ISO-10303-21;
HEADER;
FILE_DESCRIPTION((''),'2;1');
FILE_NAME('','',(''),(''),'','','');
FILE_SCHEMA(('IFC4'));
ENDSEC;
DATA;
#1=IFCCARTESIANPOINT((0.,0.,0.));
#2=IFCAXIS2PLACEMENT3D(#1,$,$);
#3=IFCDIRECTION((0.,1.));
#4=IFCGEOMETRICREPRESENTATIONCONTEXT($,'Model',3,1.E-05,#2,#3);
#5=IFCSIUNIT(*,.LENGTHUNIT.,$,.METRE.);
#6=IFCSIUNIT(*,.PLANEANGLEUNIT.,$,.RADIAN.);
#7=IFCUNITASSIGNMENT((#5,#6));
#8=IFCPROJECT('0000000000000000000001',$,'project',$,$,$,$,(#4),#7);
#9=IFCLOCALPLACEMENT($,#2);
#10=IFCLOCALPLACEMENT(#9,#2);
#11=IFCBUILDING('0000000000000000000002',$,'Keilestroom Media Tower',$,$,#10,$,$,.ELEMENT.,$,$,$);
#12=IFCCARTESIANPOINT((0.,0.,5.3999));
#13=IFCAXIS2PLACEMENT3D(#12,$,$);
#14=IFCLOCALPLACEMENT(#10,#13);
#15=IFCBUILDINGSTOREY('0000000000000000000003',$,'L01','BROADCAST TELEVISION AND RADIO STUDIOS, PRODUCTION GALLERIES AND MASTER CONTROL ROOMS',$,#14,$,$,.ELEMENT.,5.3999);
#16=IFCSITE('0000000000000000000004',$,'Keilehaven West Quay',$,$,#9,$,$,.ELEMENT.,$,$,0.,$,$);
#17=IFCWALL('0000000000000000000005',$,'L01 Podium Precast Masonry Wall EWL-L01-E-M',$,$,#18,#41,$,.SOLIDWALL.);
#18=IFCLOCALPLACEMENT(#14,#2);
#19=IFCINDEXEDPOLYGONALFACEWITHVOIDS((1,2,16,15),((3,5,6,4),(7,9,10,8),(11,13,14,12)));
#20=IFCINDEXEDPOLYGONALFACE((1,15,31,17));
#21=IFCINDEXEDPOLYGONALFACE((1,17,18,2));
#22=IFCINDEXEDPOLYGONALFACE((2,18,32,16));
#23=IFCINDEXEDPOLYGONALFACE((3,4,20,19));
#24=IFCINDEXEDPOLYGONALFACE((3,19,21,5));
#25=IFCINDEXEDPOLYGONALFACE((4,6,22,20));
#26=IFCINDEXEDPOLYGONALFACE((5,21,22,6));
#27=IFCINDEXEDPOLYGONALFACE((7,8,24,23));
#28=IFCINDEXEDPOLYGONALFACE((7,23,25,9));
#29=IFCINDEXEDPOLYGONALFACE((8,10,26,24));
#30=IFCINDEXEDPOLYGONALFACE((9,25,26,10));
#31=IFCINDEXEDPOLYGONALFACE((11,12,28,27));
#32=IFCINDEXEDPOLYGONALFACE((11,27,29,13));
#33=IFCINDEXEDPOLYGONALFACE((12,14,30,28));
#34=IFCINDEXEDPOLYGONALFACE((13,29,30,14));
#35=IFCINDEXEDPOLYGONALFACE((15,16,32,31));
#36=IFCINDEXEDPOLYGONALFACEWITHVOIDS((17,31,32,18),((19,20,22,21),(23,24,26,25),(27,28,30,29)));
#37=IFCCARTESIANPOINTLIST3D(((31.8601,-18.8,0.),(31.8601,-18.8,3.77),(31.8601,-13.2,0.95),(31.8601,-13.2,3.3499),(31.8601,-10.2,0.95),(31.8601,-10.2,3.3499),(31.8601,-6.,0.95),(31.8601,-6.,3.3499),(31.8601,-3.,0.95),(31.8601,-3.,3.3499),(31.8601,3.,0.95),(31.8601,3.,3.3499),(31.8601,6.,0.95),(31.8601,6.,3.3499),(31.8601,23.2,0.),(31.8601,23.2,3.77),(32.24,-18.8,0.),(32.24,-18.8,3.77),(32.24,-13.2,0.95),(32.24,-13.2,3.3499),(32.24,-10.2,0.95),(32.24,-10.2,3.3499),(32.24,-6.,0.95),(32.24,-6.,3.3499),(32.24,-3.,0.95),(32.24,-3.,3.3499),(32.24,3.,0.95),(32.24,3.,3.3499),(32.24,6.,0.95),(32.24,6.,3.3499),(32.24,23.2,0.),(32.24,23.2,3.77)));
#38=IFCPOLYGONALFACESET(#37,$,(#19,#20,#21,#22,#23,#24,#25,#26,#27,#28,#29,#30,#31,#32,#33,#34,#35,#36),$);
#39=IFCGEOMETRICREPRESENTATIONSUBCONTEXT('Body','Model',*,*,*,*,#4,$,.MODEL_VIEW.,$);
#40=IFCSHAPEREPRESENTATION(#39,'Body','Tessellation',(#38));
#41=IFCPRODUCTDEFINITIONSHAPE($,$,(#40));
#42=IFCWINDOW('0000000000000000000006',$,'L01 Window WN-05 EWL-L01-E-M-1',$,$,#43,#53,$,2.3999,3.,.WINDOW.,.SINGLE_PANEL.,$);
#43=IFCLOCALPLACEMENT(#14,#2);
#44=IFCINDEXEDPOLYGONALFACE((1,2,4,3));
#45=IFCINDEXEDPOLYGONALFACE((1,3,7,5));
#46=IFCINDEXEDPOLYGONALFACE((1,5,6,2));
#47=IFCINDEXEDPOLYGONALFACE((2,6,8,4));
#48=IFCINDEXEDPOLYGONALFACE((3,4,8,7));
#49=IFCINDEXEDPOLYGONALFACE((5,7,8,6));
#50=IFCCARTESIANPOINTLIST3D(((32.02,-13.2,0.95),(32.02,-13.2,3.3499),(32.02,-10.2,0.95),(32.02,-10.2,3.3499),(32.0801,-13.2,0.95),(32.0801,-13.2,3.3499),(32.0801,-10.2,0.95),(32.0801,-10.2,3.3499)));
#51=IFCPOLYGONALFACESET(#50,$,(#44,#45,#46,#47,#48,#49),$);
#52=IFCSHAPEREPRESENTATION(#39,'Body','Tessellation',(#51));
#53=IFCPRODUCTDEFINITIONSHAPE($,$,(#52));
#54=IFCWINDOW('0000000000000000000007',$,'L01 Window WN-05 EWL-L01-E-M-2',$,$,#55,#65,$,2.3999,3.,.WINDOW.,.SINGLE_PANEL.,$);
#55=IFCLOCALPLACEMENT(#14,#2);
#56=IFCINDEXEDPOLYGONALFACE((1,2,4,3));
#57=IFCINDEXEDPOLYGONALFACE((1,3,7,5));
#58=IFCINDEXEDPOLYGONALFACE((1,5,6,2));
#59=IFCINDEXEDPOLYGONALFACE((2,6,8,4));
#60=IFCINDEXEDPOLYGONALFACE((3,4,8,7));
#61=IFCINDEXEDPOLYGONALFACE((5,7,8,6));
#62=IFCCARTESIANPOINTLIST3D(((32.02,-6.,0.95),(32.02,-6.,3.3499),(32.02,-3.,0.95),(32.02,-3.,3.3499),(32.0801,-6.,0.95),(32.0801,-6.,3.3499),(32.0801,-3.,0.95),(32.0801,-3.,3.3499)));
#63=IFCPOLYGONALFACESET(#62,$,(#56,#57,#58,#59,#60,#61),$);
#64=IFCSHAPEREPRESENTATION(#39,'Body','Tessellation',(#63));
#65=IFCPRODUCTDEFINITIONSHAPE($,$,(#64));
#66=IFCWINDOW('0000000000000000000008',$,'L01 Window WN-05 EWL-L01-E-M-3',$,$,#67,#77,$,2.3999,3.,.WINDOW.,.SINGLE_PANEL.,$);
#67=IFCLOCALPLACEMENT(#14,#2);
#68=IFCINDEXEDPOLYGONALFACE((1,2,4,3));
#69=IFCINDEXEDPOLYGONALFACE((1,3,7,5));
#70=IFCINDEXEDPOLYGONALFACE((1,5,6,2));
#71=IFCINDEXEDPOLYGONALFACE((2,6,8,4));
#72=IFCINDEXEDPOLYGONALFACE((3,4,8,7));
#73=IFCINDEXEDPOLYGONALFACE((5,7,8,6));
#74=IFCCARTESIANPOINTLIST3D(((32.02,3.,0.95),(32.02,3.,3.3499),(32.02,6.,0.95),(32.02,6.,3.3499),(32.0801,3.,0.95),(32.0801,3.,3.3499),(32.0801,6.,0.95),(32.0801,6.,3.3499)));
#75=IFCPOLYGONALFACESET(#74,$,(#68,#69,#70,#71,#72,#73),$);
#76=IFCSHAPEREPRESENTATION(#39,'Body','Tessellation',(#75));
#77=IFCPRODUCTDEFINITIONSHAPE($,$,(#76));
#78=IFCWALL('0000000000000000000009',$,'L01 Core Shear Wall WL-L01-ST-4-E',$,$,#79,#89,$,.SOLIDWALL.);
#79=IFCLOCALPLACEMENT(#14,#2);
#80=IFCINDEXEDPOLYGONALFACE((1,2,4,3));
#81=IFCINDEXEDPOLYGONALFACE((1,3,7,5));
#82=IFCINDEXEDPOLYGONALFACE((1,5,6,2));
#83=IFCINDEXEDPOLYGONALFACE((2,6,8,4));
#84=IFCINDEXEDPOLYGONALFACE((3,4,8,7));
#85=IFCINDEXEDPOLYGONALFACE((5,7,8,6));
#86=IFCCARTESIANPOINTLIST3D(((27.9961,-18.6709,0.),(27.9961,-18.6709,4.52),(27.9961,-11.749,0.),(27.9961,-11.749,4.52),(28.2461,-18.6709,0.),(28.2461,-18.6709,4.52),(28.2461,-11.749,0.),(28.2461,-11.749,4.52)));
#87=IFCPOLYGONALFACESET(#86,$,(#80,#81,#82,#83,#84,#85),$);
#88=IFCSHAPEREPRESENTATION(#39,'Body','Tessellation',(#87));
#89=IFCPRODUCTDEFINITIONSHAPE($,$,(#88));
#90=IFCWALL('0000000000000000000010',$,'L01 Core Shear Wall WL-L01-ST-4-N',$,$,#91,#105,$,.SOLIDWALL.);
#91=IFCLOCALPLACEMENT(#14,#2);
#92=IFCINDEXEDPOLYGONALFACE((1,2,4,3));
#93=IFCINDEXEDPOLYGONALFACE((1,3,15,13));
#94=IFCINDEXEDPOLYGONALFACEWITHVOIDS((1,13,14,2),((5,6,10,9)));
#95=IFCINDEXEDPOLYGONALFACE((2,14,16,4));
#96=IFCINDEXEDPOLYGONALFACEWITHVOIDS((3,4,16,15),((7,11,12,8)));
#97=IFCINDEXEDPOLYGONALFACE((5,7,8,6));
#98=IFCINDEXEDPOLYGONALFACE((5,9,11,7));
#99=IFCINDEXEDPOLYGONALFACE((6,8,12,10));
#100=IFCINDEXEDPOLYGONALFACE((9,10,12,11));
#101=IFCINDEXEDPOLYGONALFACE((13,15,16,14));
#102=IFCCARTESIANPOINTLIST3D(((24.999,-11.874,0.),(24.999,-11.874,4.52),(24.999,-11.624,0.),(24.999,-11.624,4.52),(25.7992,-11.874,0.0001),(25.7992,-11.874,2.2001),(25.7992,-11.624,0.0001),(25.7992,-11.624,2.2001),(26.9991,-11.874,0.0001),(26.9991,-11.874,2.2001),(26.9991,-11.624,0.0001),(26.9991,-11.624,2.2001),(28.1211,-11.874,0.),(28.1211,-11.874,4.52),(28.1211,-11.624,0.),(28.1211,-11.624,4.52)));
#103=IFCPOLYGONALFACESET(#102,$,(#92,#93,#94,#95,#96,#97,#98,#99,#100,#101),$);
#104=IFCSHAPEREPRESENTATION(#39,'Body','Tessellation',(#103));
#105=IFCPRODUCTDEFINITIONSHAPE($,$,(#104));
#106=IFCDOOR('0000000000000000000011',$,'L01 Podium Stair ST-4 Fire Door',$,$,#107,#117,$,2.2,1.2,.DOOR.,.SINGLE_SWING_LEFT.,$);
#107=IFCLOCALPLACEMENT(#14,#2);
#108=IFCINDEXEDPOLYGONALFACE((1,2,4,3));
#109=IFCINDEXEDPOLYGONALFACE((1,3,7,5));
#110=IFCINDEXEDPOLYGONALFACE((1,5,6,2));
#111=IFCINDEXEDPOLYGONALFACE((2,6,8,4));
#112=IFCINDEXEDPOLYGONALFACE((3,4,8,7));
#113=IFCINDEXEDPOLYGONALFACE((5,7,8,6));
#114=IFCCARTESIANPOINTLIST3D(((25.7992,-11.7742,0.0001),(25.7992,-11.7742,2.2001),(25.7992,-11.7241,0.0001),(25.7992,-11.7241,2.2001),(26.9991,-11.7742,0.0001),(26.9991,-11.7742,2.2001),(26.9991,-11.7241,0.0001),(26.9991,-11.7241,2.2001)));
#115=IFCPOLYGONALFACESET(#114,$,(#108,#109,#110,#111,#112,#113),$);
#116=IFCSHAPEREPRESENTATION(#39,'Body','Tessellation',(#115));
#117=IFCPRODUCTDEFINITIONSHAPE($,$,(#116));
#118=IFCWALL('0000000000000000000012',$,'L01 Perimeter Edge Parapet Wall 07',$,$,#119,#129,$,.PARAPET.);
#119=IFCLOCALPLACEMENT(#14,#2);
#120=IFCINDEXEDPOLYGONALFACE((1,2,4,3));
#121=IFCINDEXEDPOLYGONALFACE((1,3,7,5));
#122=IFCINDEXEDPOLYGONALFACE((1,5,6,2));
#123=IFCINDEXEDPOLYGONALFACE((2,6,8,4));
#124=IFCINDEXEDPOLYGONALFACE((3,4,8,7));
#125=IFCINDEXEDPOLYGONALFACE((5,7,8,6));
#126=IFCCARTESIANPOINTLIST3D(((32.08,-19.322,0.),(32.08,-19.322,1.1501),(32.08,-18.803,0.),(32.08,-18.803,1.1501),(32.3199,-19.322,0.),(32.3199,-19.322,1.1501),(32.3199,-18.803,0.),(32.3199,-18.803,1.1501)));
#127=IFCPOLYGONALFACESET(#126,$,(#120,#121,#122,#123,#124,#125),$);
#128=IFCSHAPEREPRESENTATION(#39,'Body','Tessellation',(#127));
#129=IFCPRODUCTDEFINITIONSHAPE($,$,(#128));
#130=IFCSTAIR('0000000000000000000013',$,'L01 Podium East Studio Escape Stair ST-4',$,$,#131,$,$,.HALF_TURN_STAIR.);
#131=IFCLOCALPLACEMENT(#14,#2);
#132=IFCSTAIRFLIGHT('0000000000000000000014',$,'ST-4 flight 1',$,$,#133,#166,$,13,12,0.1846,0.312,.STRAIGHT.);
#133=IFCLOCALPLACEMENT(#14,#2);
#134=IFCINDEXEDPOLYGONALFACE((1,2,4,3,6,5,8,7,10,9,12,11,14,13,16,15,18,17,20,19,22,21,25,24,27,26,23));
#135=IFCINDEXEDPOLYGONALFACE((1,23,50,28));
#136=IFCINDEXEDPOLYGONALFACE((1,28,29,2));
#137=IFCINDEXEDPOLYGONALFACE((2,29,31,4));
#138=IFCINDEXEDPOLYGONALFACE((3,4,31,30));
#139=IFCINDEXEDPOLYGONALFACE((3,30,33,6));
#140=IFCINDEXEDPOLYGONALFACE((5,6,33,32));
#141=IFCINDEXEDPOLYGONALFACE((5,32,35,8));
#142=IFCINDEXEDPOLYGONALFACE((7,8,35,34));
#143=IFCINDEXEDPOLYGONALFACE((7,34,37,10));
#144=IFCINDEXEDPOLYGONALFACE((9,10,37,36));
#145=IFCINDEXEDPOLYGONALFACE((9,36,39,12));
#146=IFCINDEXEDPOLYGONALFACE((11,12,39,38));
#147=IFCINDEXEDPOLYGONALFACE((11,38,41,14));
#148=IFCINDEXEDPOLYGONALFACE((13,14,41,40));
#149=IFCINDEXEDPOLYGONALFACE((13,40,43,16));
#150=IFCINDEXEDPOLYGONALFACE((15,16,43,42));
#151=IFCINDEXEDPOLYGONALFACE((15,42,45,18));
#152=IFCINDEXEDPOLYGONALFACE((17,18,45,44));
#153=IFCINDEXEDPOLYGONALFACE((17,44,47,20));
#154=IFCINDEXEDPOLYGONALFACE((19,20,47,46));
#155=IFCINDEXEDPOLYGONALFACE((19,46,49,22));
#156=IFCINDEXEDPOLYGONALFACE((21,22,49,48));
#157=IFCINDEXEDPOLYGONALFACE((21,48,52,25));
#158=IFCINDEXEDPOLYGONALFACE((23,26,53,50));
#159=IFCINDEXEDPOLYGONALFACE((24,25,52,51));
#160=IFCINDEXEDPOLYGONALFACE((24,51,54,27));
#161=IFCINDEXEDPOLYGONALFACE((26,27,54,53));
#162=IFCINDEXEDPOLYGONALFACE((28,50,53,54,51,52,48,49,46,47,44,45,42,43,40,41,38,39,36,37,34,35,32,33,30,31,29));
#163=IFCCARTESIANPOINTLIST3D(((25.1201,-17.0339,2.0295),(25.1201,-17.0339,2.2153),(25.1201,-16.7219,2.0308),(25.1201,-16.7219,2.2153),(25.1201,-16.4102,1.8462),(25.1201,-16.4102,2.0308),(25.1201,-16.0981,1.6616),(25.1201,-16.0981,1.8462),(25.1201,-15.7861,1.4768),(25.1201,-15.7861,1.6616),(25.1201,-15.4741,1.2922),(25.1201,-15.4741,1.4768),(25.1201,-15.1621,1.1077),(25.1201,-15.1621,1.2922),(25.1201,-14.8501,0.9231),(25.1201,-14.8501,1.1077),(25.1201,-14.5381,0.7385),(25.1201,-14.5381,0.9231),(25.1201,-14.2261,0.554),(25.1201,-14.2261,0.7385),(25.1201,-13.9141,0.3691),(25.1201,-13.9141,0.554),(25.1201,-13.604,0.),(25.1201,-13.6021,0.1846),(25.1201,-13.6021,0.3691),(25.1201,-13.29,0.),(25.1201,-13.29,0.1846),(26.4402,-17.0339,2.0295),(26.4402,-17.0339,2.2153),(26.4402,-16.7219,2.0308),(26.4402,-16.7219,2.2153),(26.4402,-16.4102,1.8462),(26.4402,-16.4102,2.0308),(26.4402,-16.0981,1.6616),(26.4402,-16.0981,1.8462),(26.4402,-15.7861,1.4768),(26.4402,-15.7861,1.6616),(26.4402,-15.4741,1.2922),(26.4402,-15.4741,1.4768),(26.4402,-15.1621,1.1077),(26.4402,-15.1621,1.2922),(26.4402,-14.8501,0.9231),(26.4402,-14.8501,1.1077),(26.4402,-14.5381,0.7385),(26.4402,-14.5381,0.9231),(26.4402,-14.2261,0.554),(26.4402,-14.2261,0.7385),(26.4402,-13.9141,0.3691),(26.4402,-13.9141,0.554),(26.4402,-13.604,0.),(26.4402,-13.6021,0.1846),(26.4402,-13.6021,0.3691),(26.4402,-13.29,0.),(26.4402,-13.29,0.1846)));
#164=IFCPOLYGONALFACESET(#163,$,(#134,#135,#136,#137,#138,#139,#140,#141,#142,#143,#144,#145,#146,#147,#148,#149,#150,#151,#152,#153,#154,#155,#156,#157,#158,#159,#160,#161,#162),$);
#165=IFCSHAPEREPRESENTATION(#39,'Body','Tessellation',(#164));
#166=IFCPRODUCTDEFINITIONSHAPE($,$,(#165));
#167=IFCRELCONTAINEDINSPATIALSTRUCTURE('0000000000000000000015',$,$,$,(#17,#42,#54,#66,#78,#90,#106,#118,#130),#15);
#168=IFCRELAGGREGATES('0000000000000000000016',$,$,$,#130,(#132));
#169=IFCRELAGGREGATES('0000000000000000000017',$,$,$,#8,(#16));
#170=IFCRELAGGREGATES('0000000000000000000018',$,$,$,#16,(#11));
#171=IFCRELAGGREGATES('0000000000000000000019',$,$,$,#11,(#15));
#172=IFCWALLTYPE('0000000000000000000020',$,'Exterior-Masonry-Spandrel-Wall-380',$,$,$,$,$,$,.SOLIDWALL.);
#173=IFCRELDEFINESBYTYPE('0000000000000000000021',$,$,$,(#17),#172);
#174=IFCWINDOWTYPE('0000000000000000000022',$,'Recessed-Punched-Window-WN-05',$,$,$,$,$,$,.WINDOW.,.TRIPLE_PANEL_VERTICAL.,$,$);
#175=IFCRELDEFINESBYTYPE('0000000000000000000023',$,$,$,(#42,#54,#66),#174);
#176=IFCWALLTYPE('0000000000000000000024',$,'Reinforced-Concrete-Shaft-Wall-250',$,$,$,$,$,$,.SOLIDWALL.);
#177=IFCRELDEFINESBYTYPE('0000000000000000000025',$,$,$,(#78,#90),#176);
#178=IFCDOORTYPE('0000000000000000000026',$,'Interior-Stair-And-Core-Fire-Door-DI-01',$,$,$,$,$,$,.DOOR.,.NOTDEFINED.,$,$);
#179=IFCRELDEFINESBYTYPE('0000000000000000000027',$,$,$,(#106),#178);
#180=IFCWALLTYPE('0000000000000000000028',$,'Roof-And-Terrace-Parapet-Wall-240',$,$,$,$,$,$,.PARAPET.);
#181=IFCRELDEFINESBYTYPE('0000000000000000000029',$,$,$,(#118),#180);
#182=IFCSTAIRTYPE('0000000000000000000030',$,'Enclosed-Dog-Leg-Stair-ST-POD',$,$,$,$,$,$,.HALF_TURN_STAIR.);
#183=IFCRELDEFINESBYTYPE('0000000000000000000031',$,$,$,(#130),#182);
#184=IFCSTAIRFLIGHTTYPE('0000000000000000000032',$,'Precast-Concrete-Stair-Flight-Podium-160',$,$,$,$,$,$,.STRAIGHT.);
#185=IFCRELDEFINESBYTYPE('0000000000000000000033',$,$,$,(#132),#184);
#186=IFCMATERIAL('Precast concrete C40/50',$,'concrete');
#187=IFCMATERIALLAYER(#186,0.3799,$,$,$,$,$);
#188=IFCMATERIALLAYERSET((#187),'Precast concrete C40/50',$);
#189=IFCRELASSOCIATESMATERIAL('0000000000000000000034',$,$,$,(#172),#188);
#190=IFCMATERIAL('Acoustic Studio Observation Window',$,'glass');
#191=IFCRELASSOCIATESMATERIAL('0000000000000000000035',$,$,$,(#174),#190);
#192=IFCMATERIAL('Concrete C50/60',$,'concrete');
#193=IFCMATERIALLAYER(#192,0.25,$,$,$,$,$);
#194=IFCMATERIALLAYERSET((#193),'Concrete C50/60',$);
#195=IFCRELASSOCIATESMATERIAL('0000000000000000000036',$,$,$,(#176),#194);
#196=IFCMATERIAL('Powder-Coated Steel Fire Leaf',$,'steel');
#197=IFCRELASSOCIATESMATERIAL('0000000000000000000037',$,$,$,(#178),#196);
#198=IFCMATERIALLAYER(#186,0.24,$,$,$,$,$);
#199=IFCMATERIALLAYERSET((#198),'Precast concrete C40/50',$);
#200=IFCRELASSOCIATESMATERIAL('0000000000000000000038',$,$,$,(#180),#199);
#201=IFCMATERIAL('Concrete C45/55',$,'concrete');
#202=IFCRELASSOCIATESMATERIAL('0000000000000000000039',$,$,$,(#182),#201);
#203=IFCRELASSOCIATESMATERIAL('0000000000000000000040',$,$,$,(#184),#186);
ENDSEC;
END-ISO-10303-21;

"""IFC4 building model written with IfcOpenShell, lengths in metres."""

from ifc_helpers import new_model, si_unit, direction, frame, frame_2d, origin, place, context, subcontext, project, spatial, polyline, rectangle, outline, extrude, source, transform, mapped, material, layer, layer_set, type_object, element, fill, aggregate, save


model = new_model("IFC4")

# Units and contexts
model_context = context("Model", 3, precision=1e-05, world=origin(), true_north=direction((0.0, 1.0)))
body_context = subcontext(model_context, "Body", "Model", "MODEL_VIEW")
ifc_project = project(units=[si_unit("LENGTHUNIT", "METRE"), si_unit("PLANEANGLEUNIT", "RADIAN")], contexts=[model_context])

# Site, building, storey
site_placement = place(None, origin())
site = spatial("IfcSite", under=ifc_project, at=site_placement, Name="Keilehaven West Quay", CompositionType="ELEMENT", RefElevation=0.0)
building_placement = place(site_placement, origin())
building = spatial("IfcBuilding", under=site, at=building_placement, Name="Keilestroom Media Tower", CompositionType="ELEMENT")
storey_placement = place(building_placement, frame((0.0, 0.0, 5.3999)))
storey = spatial("IfcBuildingStorey", under=building, at=storey_placement, Name="L01", Description="BROADCAST TELEVISION AND RADIO STUDIOS, PRODUCTION GALLERIES AND MASTER CONTROL ROOMS", CompositionType="ELEMENT", Elevation=5.3999)

# Shared definitions
ifc_material_1 = material(Name="Precast concrete C40/50", Category="concrete")

# Wall, openings, windows
ifc_layer_1 = layer(ifc_material_1, 0.3799)
ifc_layer_set_1 = layer_set([ifc_layer_1], Name="Precast concrete C40/50")
wall_type_1 = type_object("IfcWallType", Name="Exterior-Masonry-Spandrel-Wall-380", PredefinedType="SOLIDWALL", material=ifc_layer_set_1)
wall_1_placement = place(storey_placement, frame((32.05, -18.8, 0.0), z_axis=(0.0, 0.0, 1.0), x_axis=(0.0, 1.0, 0.0)))
wall_1 = element("IfcWall", 1, at=wall_1_placement, inside=storey, type_object=wall_type_1, Name="L01 Podium Precast Masonry Wall EWL-L01-E-M", PredefinedType="SOLIDWALL", context=body_context, shape_type="SweptSolid", body=[
    extrude(rectangle(XDim=42.0, YDim=0.3799, at=frame_2d((21.0, 0.0))), origin(), (0.0, 0.0, 1.0), 3.77),
])
opening_1_placement = place(wall_1_placement, frame((5.6001, 0.0, 0.95)))
opening_1 = element("IfcOpeningElement", 2, at=opening_1_placement, cuts=wall_1, PredefinedType="OPENING", context=body_context, shape_type="SweptSolid", body=[
    extrude(rectangle(XDim=3.0, YDim=2.3999, at=frame_2d((1.5, 1.2))), frame((0.0, 0.2, 0.0), z_axis=(0.0, -1.0, 0.0), x_axis=(1.0, 0.0, 0.0)), (0.0, 0.0, 1.0), 0.3999),
])
opening_2_placement = place(wall_1_placement, frame((12.8, 0.0, 0.95)))
opening_2 = element("IfcOpeningElement", 3, at=opening_2_placement, cuts=wall_1, PredefinedType="OPENING", context=body_context, shape_type="SweptSolid", body=[
    extrude(rectangle(XDim=3.0, YDim=2.3999, at=frame_2d((1.5, 1.2))), frame((0.0, 0.2, 0.0), z_axis=(0.0, -1.0, 0.0), x_axis=(1.0, 0.0, 0.0)), (0.0, 0.0, 1.0), 0.3999),
])
opening_3_placement = place(wall_1_placement, frame((21.8, 0.0, 0.95)))
opening_3 = element("IfcOpeningElement", 4, at=opening_3_placement, cuts=wall_1, PredefinedType="OPENING", context=body_context, shape_type="SweptSolid", body=[
    extrude(rectangle(XDim=3.0, YDim=2.3999, at=frame_2d((1.5, 1.2))), frame((0.0, 0.2, 0.0), z_axis=(0.0, -1.0, 0.0), x_axis=(1.0, 0.0, 0.0)), (0.0, 0.0, 1.0), 0.3999),
])
ifc_material_2 = material(Name="Acoustic Studio Observation Window", Category="glass")
window_type = type_object("IfcWindowType", Name="Recessed-Punched-Window-WN-05", PartitioningType="TRIPLE_PANEL_VERTICAL", PredefinedType="WINDOW", material=ifc_material_2)
shared_shape_1 = source(origin(), body_context, "Body", "SweptSolid", [
    extrude(rectangle(XDim=3.0, YDim=2.3999, at=frame_2d((1.5, 1.2))), frame((0.0, 0.03, 0.0), z_axis=(0.0, -1.0, 0.0), x_axis=(1.0, 0.0, 0.0)), (0.0, 0.0, 1.0), 0.0601),
])
window_1_placement = place(opening_1_placement, origin())
window_1 = element("IfcWindow", 5, at=window_1_placement, inside=storey, type_object=window_type, Name="L01 Window WN-05 EWL-L01-E-M-1", OverallHeight=2.3999, OverallWidth=3.0, PartitioningType="SINGLE_PANEL", PredefinedType="WINDOW", context=body_context, shape_type="MappedRepresentation", body=[
    mapped(shared_shape_1, transform((0.0, 0.0, 0.0), x_axis=(1.0, 0.0, 0.0), y_axis=(0.0, 1.0, 0.0), z_axis=(0.0, 0.0, 1.0), scale=1.0)),
])
fill(opening_1, window_1)
window_2_placement = place(opening_2_placement, origin())
window_2 = element("IfcWindow", 6, at=window_2_placement, inside=storey, type_object=window_type, Name="L01 Window WN-05 EWL-L01-E-M-2", OverallHeight=2.3999, OverallWidth=3.0, PartitioningType="SINGLE_PANEL", PredefinedType="WINDOW", context=body_context, shape_type="MappedRepresentation", body=[
    mapped(shared_shape_1, transform((0.0, 0.0, 0.0), x_axis=(1.0, 0.0, 0.0), y_axis=(0.0, 1.0, 0.0), z_axis=(0.0, 0.0, 1.0), scale=1.0)),
])
fill(opening_2, window_2)
window_3_placement = place(opening_3_placement, origin())
window_3 = element("IfcWindow", 7, at=window_3_placement, inside=storey, type_object=window_type, Name="L01 Window WN-05 EWL-L01-E-M-3", OverallHeight=2.3999, OverallWidth=3.0, PartitioningType="SINGLE_PANEL", PredefinedType="WINDOW", context=body_context, shape_type="MappedRepresentation", body=[
    mapped(shared_shape_1, transform((0.0, 0.0, 0.0), x_axis=(1.0, 0.0, 0.0), y_axis=(0.0, 1.0, 0.0), z_axis=(0.0, 0.0, 1.0), scale=1.0)),
])
fill(opening_3, window_3)

# Wall
ifc_material_3 = material(Name="Concrete C50/60", Category="concrete")
ifc_layer_2 = layer(ifc_material_3, 0.25)
ifc_layer_set_2 = layer_set([ifc_layer_2], Name="Concrete C50/60")
wall_type_2 = type_object("IfcWallType", Name="Reinforced-Concrete-Shaft-Wall-250", PredefinedType="SOLIDWALL", material=ifc_layer_set_2)
wall_2_placement = place(storey_placement, frame((28.1211, -18.6709, 0.0), z_axis=(0.0, 0.0, 1.0), x_axis=(0.0, 1.0, 0.0)))
element("IfcWall", 8, at=wall_2_placement, inside=storey, type_object=wall_type_2, Name="L01 Core Shear Wall WL-L01-ST-4-E", PredefinedType="SOLIDWALL", context=body_context, shape_type="SweptSolid", body=[
    extrude(rectangle(XDim=6.9219, YDim=0.25, at=frame_2d((3.4609, 0.0))), origin(), (0.0, 0.0, 1.0), 4.52),
])

# Wall, opening, door
wall_3_placement = place(storey_placement, frame((24.999, -11.749, 0.0), z_axis=(0.0, 0.0, 1.0), x_axis=(1.0, 0.0, 0.0)))
wall_3 = element("IfcWall", 9, at=wall_3_placement, inside=storey, type_object=wall_type_2, Name="L01 Core Shear Wall WL-L01-ST-4-N", PredefinedType="SOLIDWALL", context=body_context, shape_type="SweptSolid", body=[
    extrude(rectangle(XDim=3.1221, YDim=0.25, at=frame_2d((1.561, 0.0))), origin(), (0.0, 0.0, 1.0), 4.52),
])
opening_4_placement = place(wall_3_placement, frame((0.8, 0.0, 0.0)))
opening_4 = element("IfcOpeningElement", 10, at=opening_4_placement, cuts=wall_3, PredefinedType="OPENING", context=body_context, shape_type="SweptSolid", body=[
    extrude(rectangle(XDim=1.2, YDim=2.2, at=frame_2d((0.6001, 1.1001))), frame((0.0, 0.135, 0.0), z_axis=(0.0, -1.0, 0.0), x_axis=(1.0, 0.0, 0.0)), (0.0, 0.0, 1.0), 0.27),
])
ifc_material_4 = material(Name="Powder-Coated Steel Fire Leaf", Category="steel")
door_type = type_object("IfcDoorType", Name="Interior-Stair-And-Core-Fire-Door-DI-01", OperationType="NOTDEFINED", PredefinedType="DOOR", material=ifc_material_4)
shared_shape_2 = source(origin(), body_context, "Body", "SweptSolid", [
    extrude(rectangle(XDim=1.2, YDim=2.2, at=frame_2d((0.6001, 1.1001))), frame((0.0, 0.0249, 0.0), z_axis=(0.0, -1.0, 0.0), x_axis=(1.0, 0.0, 0.0)), (0.0, 0.0, 1.0), 0.05),
])
door_placement = place(opening_4_placement, origin())
door = element("IfcDoor", 11, at=door_placement, inside=storey, type_object=door_type, Name="L01 Podium Stair ST-4 Fire Door", OperationType="SINGLE_SWING_LEFT", OverallHeight=2.2, OverallWidth=1.2, PredefinedType="DOOR", context=body_context, shape_type="MappedRepresentation", body=[
    mapped(shared_shape_2, transform((0.0, 0.0, 0.0), x_axis=(1.0, 0.0, 0.0), y_axis=(0.0, 1.0, 0.0), z_axis=(0.0, 0.0, 1.0), scale=1.0)),
])
fill(opening_4, door)

# Wall
ifc_layer_3 = layer(ifc_material_1, 0.24)
ifc_layer_set_3 = layer_set([ifc_layer_3], Name="Precast concrete C40/50")
wall_type_3 = type_object("IfcWallType", Name="Roof-And-Terrace-Parapet-Wall-240", PredefinedType="PARAPET", material=ifc_layer_set_3)
wall_4_placement = place(storey_placement, frame((32.2, -18.803, 0.0), z_axis=(0.0, 0.0, 1.0), x_axis=(0.0, -1.0, 0.0)))
element("IfcWall", 12, at=wall_4_placement, inside=storey, type_object=wall_type_3, Name="L01 Perimeter Edge Parapet Wall 07", PredefinedType="PARAPET", context=body_context, shape_type="SweptSolid", body=[
    extrude(rectangle(XDim=0.519, YDim=0.24, at=frame_2d((0.2595, 0.0))), origin(), (0.0, 0.0, 1.0), 1.1501),
])

# Stair, stair flight
ifc_material_5 = material(Name="Concrete C45/55", Category="concrete")
stair_type = type_object("IfcStairType", Name="Enclosed-Dog-Leg-Stair-ST-POD", PredefinedType="HALF_TURN_STAIR", material=ifc_material_5)
stair_placement = place(storey_placement, origin())
stair = element("IfcStair", 13, at=stair_placement, inside=storey, type_object=stair_type, Name="L01 Podium East Studio Escape Stair ST-4", PredefinedType="HALF_TURN_STAIR")
stair_flight_type = type_object("IfcStairFlightType", Name="Precast-Concrete-Stair-Flight-Podium-160", PredefinedType="STRAIGHT", material=ifc_material_1)
stair_flight_1_placement = place(storey_placement, frame((25.78, -13.29, 0.0), z_axis=(0.0, 0.0, 1.0), x_axis=(0.0, -1.0, 0.0)))
stair_flight_1 = element("IfcStairFlight", 14, at=stair_flight_1_placement, type_object=stair_flight_type, Name="ST-4 flight 1", NumberOfRisers=13, NumberOfTreads=12, PredefinedType="STRAIGHT", RiserHeight=0.1846, TreadLength=0.312, context=body_context, shape_type="SweptSolid", body=[
    extrude(outline(polyline([(0.0, 0.0), (0.0, 0.1846), (0.312, 0.1846), (0.312, 0.3691), (0.624, 0.3691), (0.624, 0.554), (0.936, 0.554), (0.936, 0.7385), (1.248, 0.7385), (1.248, 0.9231), (1.5601, 0.9231), (1.5601, 1.1077), (1.8721, 1.1077), (1.8721, 1.2922), (2.1841, 1.2922), (2.1841, 1.4768), (2.4961, 1.4768), (2.4961, 1.6616), (2.8081, 1.6616), (2.8081, 1.8462), (3.1201, 1.8462), (3.1201, 2.0308), (3.4319, 2.0308), (3.4319, 2.2153), (3.7439, 2.2153), (3.7439, 2.3999), (3.7439, 2.0295), (0.314, 0.0), (0.0, 0.0)])), frame((0.0, 0.6602, 0.0), z_axis=(0.0, -1.0, 0.0), x_axis=(1.0, 0.0, 0.0)), (0.0, 0.0, 1.0), 1.3201),
])
aggregate(stair, [stair_flight_1])

save(model, "model.ifc")
